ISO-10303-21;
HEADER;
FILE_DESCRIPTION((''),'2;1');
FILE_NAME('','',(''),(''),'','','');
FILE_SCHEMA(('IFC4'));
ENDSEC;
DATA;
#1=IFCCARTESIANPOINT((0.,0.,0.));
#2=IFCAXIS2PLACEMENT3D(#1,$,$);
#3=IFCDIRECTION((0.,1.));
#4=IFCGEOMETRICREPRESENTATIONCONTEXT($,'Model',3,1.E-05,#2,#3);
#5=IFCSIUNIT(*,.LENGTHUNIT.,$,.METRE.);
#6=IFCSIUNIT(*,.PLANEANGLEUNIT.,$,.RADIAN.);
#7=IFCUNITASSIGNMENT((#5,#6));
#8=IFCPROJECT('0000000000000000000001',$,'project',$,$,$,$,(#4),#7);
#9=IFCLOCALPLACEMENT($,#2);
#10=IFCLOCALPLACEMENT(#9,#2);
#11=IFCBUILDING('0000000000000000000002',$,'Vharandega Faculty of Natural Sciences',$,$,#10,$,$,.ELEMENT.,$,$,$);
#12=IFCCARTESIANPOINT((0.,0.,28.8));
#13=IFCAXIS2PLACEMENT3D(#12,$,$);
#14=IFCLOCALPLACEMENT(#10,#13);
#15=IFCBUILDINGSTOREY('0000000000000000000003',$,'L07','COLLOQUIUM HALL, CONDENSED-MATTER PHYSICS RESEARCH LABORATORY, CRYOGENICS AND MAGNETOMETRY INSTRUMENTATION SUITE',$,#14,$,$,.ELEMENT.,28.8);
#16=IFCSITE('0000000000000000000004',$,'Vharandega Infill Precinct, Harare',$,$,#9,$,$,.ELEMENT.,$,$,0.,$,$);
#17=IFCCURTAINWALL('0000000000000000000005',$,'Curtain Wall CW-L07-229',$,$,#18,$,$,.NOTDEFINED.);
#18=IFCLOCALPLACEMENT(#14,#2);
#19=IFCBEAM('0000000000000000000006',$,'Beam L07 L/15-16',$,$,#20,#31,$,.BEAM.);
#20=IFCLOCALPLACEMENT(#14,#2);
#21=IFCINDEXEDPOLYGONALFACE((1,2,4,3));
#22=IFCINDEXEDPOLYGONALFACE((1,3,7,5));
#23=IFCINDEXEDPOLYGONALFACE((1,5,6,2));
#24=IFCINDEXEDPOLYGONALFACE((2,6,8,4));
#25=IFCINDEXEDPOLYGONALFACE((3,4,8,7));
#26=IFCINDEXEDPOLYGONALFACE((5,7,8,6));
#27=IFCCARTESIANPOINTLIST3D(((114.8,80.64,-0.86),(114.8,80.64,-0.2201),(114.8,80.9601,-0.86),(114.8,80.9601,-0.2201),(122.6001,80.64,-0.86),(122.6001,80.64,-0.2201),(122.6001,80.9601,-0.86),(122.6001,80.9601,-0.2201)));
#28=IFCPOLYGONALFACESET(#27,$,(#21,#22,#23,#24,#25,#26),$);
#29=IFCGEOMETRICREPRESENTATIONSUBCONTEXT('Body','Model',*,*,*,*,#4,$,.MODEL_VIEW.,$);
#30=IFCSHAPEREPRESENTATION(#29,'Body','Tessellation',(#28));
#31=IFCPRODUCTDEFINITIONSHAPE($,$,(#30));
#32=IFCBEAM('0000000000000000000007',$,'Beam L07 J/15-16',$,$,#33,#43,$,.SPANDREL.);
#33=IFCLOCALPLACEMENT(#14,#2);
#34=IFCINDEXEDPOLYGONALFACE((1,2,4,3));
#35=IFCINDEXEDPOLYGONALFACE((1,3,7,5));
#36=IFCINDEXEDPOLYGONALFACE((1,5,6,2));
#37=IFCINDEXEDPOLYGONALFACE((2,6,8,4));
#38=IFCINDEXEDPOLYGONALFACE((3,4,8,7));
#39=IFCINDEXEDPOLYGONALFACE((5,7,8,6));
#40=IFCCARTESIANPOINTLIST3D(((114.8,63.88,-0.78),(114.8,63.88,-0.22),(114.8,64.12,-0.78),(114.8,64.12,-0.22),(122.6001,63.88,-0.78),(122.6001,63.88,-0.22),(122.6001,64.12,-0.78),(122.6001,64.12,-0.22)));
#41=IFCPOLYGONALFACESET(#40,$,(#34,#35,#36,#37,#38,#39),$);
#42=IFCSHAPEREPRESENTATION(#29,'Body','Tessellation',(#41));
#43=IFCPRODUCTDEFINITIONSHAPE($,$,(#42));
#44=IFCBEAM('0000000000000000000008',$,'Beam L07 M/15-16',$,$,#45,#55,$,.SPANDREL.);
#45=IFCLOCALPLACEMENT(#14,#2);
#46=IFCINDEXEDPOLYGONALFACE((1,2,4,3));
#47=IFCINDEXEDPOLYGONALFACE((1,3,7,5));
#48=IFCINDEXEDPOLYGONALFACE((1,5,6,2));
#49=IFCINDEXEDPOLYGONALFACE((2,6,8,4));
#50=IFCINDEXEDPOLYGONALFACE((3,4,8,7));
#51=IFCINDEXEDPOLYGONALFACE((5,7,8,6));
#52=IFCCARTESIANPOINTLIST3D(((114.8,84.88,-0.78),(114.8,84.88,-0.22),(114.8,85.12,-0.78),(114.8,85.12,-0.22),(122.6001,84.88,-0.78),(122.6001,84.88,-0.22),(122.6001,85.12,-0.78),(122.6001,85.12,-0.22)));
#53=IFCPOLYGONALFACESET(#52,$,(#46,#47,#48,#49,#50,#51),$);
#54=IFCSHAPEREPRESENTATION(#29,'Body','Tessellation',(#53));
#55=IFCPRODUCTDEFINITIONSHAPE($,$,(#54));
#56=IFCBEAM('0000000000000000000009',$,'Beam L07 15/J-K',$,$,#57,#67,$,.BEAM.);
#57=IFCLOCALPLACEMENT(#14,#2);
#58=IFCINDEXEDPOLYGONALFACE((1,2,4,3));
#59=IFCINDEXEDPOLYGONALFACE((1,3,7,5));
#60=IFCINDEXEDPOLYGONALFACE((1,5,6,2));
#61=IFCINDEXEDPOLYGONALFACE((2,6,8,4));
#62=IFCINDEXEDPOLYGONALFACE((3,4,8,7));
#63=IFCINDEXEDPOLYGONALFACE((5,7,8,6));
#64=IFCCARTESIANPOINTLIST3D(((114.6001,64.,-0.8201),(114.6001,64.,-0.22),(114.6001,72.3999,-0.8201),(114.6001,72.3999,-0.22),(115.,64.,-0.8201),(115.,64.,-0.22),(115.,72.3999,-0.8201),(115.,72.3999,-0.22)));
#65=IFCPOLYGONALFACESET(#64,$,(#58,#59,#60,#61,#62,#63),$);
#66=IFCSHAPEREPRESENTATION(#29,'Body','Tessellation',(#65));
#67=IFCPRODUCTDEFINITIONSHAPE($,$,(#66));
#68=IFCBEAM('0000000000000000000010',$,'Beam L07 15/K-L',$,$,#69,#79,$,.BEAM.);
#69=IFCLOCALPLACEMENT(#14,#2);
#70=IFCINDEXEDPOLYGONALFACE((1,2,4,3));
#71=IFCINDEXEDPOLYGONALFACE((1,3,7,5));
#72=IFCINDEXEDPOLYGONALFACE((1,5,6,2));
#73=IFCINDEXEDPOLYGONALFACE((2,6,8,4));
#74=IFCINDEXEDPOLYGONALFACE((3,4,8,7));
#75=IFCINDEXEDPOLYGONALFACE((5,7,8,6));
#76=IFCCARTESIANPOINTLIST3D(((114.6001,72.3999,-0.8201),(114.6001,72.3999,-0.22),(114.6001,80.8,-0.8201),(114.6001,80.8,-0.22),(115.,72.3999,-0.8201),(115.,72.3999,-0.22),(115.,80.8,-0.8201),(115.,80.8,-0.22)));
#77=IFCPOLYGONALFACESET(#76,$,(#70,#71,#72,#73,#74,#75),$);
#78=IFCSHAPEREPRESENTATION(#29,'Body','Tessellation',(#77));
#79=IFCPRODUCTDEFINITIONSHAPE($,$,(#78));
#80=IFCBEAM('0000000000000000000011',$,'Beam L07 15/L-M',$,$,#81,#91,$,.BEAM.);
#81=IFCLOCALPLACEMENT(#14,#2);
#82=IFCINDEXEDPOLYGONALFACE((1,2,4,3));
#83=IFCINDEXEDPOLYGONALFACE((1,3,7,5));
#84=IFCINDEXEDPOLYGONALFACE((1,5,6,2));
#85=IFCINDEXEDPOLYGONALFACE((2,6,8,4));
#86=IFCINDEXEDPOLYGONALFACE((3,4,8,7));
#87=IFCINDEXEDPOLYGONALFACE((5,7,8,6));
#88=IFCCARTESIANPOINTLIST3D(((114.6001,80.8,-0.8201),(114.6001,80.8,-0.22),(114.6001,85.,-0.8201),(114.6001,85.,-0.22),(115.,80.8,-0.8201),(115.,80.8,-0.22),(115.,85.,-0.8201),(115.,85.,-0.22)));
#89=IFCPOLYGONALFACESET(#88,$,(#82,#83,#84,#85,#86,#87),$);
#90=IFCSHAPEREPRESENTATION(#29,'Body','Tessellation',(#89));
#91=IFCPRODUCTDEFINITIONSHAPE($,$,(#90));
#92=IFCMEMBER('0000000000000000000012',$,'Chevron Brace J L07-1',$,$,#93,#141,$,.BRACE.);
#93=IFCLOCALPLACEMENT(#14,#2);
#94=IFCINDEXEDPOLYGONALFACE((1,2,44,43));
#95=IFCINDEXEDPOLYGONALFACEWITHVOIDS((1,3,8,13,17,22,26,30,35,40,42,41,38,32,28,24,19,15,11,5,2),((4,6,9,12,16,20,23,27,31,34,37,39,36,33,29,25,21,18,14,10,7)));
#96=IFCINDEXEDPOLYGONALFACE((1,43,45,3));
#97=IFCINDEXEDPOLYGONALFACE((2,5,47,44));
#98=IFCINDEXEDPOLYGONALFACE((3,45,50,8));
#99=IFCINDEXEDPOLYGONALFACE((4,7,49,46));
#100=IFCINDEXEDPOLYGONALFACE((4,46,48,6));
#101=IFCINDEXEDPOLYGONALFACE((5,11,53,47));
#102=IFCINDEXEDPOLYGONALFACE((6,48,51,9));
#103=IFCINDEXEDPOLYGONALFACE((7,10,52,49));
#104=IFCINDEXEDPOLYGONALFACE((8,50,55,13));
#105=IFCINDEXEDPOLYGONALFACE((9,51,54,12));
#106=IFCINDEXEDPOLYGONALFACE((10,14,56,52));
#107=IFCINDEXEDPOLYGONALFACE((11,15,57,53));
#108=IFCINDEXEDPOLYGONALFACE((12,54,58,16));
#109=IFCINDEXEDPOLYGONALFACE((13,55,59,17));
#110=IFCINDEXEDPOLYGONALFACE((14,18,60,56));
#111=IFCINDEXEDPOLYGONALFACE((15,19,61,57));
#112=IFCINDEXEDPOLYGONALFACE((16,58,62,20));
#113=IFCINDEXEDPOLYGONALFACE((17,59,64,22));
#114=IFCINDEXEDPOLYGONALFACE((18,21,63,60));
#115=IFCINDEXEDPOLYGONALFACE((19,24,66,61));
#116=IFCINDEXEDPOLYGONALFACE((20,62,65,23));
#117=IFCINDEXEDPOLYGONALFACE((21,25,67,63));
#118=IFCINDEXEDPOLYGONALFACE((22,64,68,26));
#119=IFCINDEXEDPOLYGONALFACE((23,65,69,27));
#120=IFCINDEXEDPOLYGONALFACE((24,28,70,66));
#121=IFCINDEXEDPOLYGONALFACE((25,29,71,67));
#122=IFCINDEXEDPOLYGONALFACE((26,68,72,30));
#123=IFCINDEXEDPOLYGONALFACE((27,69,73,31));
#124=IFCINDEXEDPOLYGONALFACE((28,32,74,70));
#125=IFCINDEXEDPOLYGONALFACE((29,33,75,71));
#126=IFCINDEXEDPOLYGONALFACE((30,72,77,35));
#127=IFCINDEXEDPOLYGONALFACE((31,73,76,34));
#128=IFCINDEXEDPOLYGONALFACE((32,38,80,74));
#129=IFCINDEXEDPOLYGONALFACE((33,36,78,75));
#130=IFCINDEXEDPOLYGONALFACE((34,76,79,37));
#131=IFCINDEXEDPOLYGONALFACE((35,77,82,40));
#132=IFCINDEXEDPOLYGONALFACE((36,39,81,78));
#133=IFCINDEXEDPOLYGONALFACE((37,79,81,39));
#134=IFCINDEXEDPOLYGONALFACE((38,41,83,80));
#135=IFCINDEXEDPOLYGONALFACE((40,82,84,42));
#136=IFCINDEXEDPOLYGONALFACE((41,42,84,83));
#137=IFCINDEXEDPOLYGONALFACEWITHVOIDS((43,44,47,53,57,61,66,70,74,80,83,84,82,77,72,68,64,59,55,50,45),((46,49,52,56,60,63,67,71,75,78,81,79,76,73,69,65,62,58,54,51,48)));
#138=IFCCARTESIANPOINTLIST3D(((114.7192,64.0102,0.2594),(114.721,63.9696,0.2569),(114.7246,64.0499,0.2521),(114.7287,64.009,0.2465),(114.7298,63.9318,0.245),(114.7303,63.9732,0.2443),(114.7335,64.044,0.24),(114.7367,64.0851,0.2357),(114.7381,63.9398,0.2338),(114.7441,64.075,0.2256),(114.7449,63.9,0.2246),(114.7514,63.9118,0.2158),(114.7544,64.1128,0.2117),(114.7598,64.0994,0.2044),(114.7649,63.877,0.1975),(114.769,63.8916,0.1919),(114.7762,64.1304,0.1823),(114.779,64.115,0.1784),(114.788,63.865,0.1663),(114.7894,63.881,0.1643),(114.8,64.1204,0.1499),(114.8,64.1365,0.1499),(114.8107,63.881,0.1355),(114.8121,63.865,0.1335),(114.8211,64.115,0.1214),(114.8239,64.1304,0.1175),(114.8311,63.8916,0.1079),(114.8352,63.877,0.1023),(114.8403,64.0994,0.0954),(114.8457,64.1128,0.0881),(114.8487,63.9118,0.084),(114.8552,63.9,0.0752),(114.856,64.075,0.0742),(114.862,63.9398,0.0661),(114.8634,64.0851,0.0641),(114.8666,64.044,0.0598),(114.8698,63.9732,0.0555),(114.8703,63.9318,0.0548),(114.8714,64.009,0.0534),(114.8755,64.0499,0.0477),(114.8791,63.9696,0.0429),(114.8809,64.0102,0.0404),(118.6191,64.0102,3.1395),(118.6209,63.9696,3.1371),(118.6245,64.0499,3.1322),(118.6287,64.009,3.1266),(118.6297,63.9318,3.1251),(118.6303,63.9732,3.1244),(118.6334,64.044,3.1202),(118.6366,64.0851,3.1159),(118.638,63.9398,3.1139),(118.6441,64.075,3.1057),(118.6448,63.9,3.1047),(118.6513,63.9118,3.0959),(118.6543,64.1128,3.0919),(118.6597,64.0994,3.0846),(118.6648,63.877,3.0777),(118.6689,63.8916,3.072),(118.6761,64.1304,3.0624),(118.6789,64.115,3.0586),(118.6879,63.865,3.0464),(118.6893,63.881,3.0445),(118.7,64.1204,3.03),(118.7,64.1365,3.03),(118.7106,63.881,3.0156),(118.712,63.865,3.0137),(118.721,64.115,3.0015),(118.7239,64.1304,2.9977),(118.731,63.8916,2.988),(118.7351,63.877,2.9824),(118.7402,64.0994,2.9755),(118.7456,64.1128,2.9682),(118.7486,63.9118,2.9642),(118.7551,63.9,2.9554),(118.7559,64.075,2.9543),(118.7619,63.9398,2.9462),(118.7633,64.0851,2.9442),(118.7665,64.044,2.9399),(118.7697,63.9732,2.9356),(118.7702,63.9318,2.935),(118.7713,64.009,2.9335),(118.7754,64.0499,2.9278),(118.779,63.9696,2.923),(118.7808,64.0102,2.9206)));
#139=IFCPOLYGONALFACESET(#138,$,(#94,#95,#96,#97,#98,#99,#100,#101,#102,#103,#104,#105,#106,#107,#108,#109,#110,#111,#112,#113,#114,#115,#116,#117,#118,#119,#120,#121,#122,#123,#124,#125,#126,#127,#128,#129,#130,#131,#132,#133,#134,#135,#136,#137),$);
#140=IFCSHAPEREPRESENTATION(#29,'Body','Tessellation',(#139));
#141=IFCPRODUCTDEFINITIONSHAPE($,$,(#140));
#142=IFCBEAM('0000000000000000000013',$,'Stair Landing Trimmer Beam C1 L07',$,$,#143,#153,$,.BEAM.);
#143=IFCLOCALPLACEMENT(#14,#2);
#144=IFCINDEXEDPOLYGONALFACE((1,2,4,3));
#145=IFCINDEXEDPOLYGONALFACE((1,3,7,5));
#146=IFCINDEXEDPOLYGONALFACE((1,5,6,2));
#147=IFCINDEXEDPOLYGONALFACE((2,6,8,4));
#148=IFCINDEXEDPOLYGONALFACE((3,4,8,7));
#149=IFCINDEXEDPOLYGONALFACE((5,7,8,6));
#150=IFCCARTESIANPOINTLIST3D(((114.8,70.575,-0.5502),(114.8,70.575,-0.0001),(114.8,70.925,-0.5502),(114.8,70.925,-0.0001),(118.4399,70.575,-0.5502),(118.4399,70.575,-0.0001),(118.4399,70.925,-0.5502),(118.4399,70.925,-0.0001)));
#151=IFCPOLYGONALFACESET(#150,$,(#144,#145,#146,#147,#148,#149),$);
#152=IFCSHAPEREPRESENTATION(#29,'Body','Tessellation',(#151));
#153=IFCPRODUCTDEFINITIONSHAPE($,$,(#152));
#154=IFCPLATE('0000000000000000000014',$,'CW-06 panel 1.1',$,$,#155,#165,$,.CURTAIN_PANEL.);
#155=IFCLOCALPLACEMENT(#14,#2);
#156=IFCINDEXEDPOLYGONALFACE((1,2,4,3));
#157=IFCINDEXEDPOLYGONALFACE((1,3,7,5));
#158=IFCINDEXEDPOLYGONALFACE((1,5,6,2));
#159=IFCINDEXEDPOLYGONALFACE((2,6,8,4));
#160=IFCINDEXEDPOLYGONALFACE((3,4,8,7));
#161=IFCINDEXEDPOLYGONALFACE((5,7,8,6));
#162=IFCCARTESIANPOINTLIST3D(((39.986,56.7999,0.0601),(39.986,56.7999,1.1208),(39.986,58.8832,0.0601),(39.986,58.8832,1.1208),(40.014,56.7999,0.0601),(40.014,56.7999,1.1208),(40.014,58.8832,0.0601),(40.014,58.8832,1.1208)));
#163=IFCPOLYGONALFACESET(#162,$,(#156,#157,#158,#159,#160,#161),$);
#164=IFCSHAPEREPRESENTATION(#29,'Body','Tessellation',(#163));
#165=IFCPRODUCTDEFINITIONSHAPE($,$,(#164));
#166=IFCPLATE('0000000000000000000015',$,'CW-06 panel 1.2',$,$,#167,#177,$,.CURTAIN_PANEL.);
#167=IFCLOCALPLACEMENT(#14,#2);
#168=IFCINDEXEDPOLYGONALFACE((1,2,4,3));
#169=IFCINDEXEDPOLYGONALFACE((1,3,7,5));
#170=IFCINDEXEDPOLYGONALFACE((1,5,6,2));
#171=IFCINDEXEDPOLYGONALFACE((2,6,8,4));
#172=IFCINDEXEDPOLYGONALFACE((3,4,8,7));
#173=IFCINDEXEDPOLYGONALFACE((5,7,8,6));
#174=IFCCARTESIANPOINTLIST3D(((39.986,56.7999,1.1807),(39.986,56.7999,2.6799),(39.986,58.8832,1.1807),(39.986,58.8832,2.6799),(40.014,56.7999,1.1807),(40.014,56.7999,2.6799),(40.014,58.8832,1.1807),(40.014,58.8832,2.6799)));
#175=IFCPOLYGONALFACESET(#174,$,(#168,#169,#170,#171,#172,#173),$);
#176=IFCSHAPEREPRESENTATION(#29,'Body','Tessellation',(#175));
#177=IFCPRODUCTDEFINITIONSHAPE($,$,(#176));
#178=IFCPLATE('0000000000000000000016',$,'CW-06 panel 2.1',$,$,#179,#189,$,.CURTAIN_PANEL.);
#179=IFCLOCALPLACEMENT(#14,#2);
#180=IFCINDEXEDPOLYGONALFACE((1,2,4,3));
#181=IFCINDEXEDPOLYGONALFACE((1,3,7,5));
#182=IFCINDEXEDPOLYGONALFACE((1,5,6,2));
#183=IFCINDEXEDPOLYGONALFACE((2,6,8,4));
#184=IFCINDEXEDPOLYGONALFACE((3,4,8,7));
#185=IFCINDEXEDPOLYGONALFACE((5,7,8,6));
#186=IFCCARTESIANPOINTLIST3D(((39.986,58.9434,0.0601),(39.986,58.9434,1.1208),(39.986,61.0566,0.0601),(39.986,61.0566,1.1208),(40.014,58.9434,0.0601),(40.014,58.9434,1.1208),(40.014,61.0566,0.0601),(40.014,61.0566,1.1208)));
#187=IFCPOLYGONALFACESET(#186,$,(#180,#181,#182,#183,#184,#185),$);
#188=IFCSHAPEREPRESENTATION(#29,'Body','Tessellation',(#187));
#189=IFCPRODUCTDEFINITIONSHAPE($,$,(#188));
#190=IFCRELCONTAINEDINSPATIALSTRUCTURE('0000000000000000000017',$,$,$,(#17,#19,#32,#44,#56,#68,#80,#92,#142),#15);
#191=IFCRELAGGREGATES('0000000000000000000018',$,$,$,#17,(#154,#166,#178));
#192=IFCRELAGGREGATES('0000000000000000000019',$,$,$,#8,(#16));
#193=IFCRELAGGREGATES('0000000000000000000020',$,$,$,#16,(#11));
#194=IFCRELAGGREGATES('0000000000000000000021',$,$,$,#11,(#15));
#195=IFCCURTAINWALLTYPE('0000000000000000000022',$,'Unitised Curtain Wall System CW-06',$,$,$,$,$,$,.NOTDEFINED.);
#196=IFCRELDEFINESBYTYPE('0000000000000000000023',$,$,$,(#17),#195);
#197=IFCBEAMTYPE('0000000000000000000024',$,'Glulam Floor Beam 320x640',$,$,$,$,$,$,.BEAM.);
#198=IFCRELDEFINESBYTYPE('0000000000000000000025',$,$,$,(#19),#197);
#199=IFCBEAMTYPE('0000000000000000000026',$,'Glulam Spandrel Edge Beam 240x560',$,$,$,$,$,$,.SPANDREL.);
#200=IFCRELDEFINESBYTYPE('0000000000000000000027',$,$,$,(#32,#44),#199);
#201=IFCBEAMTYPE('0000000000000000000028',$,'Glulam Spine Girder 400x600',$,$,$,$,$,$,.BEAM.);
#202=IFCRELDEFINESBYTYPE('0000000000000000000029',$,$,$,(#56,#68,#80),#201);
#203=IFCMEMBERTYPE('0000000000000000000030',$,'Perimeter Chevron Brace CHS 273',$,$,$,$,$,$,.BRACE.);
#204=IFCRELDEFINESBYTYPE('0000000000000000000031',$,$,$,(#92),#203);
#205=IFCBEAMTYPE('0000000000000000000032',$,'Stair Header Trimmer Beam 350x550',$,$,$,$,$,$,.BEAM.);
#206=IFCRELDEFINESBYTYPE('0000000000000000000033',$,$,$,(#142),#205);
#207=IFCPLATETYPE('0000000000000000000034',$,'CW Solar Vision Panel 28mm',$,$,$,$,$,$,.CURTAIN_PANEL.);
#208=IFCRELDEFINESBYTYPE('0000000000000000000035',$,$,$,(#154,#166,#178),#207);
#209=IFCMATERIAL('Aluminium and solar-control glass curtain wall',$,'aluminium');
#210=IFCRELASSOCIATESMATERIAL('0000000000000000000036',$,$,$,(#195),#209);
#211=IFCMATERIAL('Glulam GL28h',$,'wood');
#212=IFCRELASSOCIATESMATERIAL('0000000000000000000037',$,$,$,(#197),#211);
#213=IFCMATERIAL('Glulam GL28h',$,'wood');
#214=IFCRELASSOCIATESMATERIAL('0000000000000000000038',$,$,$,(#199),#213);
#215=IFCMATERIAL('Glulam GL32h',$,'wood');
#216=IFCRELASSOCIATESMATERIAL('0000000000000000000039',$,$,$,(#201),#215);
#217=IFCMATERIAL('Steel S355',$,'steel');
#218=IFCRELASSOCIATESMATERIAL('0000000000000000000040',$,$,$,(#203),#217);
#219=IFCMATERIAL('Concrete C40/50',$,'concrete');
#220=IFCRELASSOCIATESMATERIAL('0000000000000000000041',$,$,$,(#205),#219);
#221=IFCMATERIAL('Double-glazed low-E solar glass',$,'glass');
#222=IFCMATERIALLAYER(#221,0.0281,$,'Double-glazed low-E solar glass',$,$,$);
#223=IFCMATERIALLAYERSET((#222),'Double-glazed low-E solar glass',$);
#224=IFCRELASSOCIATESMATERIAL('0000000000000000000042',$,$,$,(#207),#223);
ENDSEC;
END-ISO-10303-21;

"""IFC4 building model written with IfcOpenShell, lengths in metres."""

from ifc_helpers import new_model, si_unit, direction, frame, origin, origin_2d, place, context, subcontext, project, spatial, rectangle, hollow_circle, extrude, material, layer, layer_set, material_profile, profile_set, type_object, element, aggregate, save


model = new_model("IFC4")

# Units and contexts
model_context = context("Model", 3, precision=1e-05, world=origin(), true_north=direction((0.0, 1.0)))
body_context = subcontext(model_context, "Body", "Model", "MODEL_VIEW")
ifc_project = project(units=[si_unit("LENGTHUNIT", "METRE"), si_unit("PLANEANGLEUNIT", "RADIAN")], contexts=[model_context])

# Site, building, storey
site_placement = place(None, origin())
site = spatial("IfcSite", under=ifc_project, at=site_placement, Name="Vharandega Infill Precinct, Harare", CompositionType="ELEMENT", RefElevation=0.0)
building_placement = place(site_placement, origin())
building = spatial("IfcBuilding", under=site, at=building_placement, Name="Vharandega Faculty of Natural Sciences", CompositionType="ELEMENT")
storey_placement = place(building_placement, frame((0.0, 0.0, 28.8)))
storey = spatial("IfcBuildingStorey", under=building, at=storey_placement, Name="L07", Description="COLLOQUIUM HALL, CONDENSED-MATTER PHYSICS RESEARCH LABORATORY, CRYOGENICS AND MAGNETOMETRY INSTRUMENTATION SUITE", CompositionType="ELEMENT", Elevation=28.8)

# Curtain wall
ifc_material_1 = material(Name="Aluminium and solar-control glass curtain wall", Category="aluminium")
curtain_wall_type = type_object("IfcCurtainWallType", Name="Unitised Curtain Wall System CW-06", PredefinedType="NOTDEFINED", material=ifc_material_1)
curtain_wall_placement = place(storey_placement, origin())
curtain_wall = element("IfcCurtainWall", 1, at=curtain_wall_placement, inside=storey, type_object=curtain_wall_type, Name="Curtain Wall CW-L07-229", PredefinedType="NOTDEFINED")

# Beams
ifc_material_2 = material(Name="Glulam GL28h", Category="wood")
ifc_material_profile_1 = material_profile(ifc_material_2, rectangle(XDim=0.3201, YDim=0.6399, at=origin_2d()), Name="GL28h 320x640")
ifc_profile_set_1 = profile_set([ifc_material_profile_1], Name="Glulam GL28h")
beam_type_1 = type_object("IfcBeamType", Name="Glulam Floor Beam 320x640", PredefinedType="BEAM", material=ifc_profile_set_1)
for number, where, z_axis, x_axis, name in (
    (2, (114.8, 80.8, -0.54), (1.0, 0.0, 0.0), (0.0, 1.0, 0.0), "Beam L07 L/15-16"),
):
    element("IfcBeam", number, at=place(storey_placement, frame(where, z_axis=z_axis, x_axis=x_axis)), inside=storey, type_object=beam_type_1, Name=name, PredefinedType="BEAM", context=body_context, shape_type="SweptSolid", body=[
        extrude(rectangle(XDim=0.3201, YDim=0.6399, at=origin_2d()), origin(), (0.0, 0.0, 1.0), 7.8),
    ])
ifc_material_3 = material(Name="Glulam GL28h", Category="wood")
ifc_material_profile_2 = material_profile(ifc_material_3, rectangle(XDim=0.24, YDim=0.5601, at=origin_2d()), Name="GL28h 240x560")
ifc_profile_set_2 = profile_set([ifc_material_profile_2], Name="Glulam GL28h")
beam_type_2 = type_object("IfcBeamType", Name="Glulam Spandrel Edge Beam 240x560", PredefinedType="SPANDREL", material=ifc_profile_set_2)
for number, where, z_axis, x_axis, name in (
    (3, (114.8, 64.0, -0.5), (1.0, 0.0, 0.0), (0.0, 1.0, 0.0), "Beam L07 J/15-16"),
    (4, (114.8, 85.0, -0.5), (1.0, 0.0, 0.0), (0.0, 1.0, 0.0), "Beam L07 M/15-16"),
):
    element("IfcBeam", number, at=place(storey_placement, frame(where, z_axis=z_axis, x_axis=x_axis)), inside=storey, type_object=beam_type_2, Name=name, PredefinedType="SPANDREL", context=body_context, shape_type="SweptSolid", body=[
        extrude(rectangle(XDim=0.24, YDim=0.5601, at=origin_2d()), origin(), (0.0, 0.0, 1.0), 7.8),
    ])
ifc_material_4 = material(Name="Glulam GL32h", Category="wood")
ifc_material_profile_3 = material_profile(ifc_material_4, rectangle(XDim=0.3999, YDim=0.6001, at=origin_2d()), Name="GL32h 400x600")
ifc_profile_set_3 = profile_set([ifc_material_profile_3], Name="Glulam GL32h")
beam_type_3 = type_object("IfcBeamType", Name="Glulam Spine Girder 400x600", PredefinedType="BEAM", material=ifc_profile_set_3)
beam_1_placement = place(storey_placement, frame((114.8, 64.0, -0.52), z_axis=(0.0, 1.0, 0.0), x_axis=(-1.0, 0.0, 0.0)))
element("IfcBeam", 5, at=beam_1_placement, inside=storey, type_object=beam_type_3, Name="Beam L07 15/J-K", PredefinedType="BEAM", context=body_context, shape_type="SweptSolid", body=[
    extrude(rectangle(XDim=0.3999, YDim=0.6001, at=origin_2d()), origin(), (0.0, 0.0, 1.0), 8.3999),
])
beam_2_placement = place(storey_placement, frame((114.8, 72.3999, -0.52), z_axis=(0.0, 1.0, 0.0), x_axis=(-1.0, 0.0, 0.0)))
element("IfcBeam", 6, at=beam_2_placement, inside=storey, type_object=beam_type_3, Name="Beam L07 15/K-L", PredefinedType="BEAM", context=body_context, shape_type="SweptSolid", body=[
    extrude(rectangle(XDim=0.3999, YDim=0.6001, at=origin_2d()), origin(), (0.0, 0.0, 1.0), 8.4001),
])
beam_3_placement = place(storey_placement, frame((114.8, 80.8, -0.52), z_axis=(0.0, 1.0, 0.0), x_axis=(-1.0, 0.0, 0.0)))
element("IfcBeam", 7, at=beam_3_placement, inside=storey, type_object=beam_type_3, Name="Beam L07 15/L-M", PredefinedType="BEAM", context=body_context, shape_type="SweptSolid", body=[
    extrude(rectangle(XDim=0.3999, YDim=0.6001, at=origin_2d()), origin(), (0.0, 0.0, 1.0), 4.2),
])

# Member
ifc_material_5 = material(Name="Steel S355", Category="steel")
ifc_material_profile_4 = material_profile(ifc_material_5, hollow_circle(Radius=0.1365, WallThickness=0.0161, at=origin_2d()), Name="CHS 273x16")
ifc_profile_set_4 = profile_set([ifc_material_profile_4], Name="Steel S355")
member_type_1 = type_object("IfcMemberType", Name="Perimeter Chevron Brace CHS 273", PredefinedType="BRACE", material=ifc_profile_set_4)
member_1_placement = place(storey_placement, frame((114.8, 64.0, 0.1499), z_axis=(0.804414, 0.0, 0.59407), x_axis=(0.0, 1.0, 0.0)))
element("IfcMember", 8, at=member_1_placement, inside=storey, type_object=member_type_1, Name="Chevron Brace J L07-1", PredefinedType="BRACE", context=body_context, shape_type="SweptSolid", body=[
    extrude(hollow_circle(Radius=0.1365, WallThickness=0.0161, at=origin_2d()), origin(), (0.0, 0.0, 1.0), 4.8481),
])

# Beam
ifc_material_6 = material(Name="Concrete C40/50", Category="concrete")
ifc_material_profile_5 = material_profile(ifc_material_6, rectangle(XDim=0.3501, YDim=0.55, at=origin_2d()), Name="RC 350x550")
ifc_profile_set_5 = profile_set([ifc_material_profile_5], Name="Concrete C40/50")
beam_type_4 = type_object("IfcBeamType", Name="Stair Header Trimmer Beam 350x550", PredefinedType="BEAM", material=ifc_profile_set_5)
beam_4_placement = place(storey_placement, frame((114.8, 70.75, -0.2751), z_axis=(1.0, 0.0, 0.0), x_axis=(0.0, 1.0, 0.0)))
element("IfcBeam", 9, at=beam_4_placement, inside=storey, type_object=beam_type_4, Name="Stair Landing Trimmer Beam C1 L07", PredefinedType="BEAM", context=body_context, shape_type="SweptSolid", body=[
    extrude(rectangle(XDim=0.3501, YDim=0.55, at=origin_2d()), origin(), (0.0, 0.0, 1.0), 3.6399),
])

# Plates
ifc_material_7 = material(Name="Double-glazed low-E solar glass", Category="glass")
ifc_layer_1 = layer(ifc_material_7, 0.0281, Name="Double-glazed low-E solar glass")
ifc_layer_set_1 = layer_set([ifc_layer_1], Name="Double-glazed low-E solar glass")
plate_type_1 = type_object("IfcPlateType", Name="CW Solar Vision Panel 28mm", PredefinedType="CURTAIN_PANEL", material=ifc_layer_set_1)
plate_1_placement = place(storey_placement, frame((40.0, 57.8416, 0.0601), z_axis=(0.0, 0.0, 1.0), x_axis=(0.0, 1.0, 0.0)))
plate_1 = element("IfcPlate", 10, at=plate_1_placement, type_object=plate_type_1, Name="CW-06 panel 1.1", PredefinedType="CURTAIN_PANEL", context=body_context, shape_type="SweptSolid", body=[
    extrude(rectangle(XDim=2.0833, YDim=0.0281, at=origin_2d()), origin(), (0.0, 0.0, 1.0), 1.0608),
])
plate_2_placement = place(storey_placement, frame((40.0, 57.8416, 1.1807), z_axis=(0.0, 0.0, 1.0), x_axis=(0.0, 1.0, 0.0)))
plate_2 = element("IfcPlate", 11, at=plate_2_placement, type_object=plate_type_1, Name="CW-06 panel 1.2", PredefinedType="CURTAIN_PANEL", context=body_context, shape_type="SweptSolid", body=[
    extrude(rectangle(XDim=2.0833, YDim=0.0281, at=origin_2d()), origin(), (0.0, 0.0, 1.0), 1.4993),
])
plate_3_placement = place(storey_placement, frame((40.0, 60.0, 0.0601), z_axis=(0.0, 0.0, 1.0), x_axis=(0.0, 1.0, 0.0)))
plate_3 = element("IfcPlate", 12, at=plate_3_placement, type_object=plate_type_1, Name="CW-06 panel 2.1", PredefinedType="CURTAIN_PANEL", context=body_context, shape_type="SweptSolid", body=[
    extrude(rectangle(XDim=2.1133, YDim=0.0281, at=origin_2d()), origin(), (0.0, 0.0, 1.0), 1.0608),
])
aggregate(curtain_wall, [plate_1, plate_2, plate_3])

save(model, "model.ifc")
